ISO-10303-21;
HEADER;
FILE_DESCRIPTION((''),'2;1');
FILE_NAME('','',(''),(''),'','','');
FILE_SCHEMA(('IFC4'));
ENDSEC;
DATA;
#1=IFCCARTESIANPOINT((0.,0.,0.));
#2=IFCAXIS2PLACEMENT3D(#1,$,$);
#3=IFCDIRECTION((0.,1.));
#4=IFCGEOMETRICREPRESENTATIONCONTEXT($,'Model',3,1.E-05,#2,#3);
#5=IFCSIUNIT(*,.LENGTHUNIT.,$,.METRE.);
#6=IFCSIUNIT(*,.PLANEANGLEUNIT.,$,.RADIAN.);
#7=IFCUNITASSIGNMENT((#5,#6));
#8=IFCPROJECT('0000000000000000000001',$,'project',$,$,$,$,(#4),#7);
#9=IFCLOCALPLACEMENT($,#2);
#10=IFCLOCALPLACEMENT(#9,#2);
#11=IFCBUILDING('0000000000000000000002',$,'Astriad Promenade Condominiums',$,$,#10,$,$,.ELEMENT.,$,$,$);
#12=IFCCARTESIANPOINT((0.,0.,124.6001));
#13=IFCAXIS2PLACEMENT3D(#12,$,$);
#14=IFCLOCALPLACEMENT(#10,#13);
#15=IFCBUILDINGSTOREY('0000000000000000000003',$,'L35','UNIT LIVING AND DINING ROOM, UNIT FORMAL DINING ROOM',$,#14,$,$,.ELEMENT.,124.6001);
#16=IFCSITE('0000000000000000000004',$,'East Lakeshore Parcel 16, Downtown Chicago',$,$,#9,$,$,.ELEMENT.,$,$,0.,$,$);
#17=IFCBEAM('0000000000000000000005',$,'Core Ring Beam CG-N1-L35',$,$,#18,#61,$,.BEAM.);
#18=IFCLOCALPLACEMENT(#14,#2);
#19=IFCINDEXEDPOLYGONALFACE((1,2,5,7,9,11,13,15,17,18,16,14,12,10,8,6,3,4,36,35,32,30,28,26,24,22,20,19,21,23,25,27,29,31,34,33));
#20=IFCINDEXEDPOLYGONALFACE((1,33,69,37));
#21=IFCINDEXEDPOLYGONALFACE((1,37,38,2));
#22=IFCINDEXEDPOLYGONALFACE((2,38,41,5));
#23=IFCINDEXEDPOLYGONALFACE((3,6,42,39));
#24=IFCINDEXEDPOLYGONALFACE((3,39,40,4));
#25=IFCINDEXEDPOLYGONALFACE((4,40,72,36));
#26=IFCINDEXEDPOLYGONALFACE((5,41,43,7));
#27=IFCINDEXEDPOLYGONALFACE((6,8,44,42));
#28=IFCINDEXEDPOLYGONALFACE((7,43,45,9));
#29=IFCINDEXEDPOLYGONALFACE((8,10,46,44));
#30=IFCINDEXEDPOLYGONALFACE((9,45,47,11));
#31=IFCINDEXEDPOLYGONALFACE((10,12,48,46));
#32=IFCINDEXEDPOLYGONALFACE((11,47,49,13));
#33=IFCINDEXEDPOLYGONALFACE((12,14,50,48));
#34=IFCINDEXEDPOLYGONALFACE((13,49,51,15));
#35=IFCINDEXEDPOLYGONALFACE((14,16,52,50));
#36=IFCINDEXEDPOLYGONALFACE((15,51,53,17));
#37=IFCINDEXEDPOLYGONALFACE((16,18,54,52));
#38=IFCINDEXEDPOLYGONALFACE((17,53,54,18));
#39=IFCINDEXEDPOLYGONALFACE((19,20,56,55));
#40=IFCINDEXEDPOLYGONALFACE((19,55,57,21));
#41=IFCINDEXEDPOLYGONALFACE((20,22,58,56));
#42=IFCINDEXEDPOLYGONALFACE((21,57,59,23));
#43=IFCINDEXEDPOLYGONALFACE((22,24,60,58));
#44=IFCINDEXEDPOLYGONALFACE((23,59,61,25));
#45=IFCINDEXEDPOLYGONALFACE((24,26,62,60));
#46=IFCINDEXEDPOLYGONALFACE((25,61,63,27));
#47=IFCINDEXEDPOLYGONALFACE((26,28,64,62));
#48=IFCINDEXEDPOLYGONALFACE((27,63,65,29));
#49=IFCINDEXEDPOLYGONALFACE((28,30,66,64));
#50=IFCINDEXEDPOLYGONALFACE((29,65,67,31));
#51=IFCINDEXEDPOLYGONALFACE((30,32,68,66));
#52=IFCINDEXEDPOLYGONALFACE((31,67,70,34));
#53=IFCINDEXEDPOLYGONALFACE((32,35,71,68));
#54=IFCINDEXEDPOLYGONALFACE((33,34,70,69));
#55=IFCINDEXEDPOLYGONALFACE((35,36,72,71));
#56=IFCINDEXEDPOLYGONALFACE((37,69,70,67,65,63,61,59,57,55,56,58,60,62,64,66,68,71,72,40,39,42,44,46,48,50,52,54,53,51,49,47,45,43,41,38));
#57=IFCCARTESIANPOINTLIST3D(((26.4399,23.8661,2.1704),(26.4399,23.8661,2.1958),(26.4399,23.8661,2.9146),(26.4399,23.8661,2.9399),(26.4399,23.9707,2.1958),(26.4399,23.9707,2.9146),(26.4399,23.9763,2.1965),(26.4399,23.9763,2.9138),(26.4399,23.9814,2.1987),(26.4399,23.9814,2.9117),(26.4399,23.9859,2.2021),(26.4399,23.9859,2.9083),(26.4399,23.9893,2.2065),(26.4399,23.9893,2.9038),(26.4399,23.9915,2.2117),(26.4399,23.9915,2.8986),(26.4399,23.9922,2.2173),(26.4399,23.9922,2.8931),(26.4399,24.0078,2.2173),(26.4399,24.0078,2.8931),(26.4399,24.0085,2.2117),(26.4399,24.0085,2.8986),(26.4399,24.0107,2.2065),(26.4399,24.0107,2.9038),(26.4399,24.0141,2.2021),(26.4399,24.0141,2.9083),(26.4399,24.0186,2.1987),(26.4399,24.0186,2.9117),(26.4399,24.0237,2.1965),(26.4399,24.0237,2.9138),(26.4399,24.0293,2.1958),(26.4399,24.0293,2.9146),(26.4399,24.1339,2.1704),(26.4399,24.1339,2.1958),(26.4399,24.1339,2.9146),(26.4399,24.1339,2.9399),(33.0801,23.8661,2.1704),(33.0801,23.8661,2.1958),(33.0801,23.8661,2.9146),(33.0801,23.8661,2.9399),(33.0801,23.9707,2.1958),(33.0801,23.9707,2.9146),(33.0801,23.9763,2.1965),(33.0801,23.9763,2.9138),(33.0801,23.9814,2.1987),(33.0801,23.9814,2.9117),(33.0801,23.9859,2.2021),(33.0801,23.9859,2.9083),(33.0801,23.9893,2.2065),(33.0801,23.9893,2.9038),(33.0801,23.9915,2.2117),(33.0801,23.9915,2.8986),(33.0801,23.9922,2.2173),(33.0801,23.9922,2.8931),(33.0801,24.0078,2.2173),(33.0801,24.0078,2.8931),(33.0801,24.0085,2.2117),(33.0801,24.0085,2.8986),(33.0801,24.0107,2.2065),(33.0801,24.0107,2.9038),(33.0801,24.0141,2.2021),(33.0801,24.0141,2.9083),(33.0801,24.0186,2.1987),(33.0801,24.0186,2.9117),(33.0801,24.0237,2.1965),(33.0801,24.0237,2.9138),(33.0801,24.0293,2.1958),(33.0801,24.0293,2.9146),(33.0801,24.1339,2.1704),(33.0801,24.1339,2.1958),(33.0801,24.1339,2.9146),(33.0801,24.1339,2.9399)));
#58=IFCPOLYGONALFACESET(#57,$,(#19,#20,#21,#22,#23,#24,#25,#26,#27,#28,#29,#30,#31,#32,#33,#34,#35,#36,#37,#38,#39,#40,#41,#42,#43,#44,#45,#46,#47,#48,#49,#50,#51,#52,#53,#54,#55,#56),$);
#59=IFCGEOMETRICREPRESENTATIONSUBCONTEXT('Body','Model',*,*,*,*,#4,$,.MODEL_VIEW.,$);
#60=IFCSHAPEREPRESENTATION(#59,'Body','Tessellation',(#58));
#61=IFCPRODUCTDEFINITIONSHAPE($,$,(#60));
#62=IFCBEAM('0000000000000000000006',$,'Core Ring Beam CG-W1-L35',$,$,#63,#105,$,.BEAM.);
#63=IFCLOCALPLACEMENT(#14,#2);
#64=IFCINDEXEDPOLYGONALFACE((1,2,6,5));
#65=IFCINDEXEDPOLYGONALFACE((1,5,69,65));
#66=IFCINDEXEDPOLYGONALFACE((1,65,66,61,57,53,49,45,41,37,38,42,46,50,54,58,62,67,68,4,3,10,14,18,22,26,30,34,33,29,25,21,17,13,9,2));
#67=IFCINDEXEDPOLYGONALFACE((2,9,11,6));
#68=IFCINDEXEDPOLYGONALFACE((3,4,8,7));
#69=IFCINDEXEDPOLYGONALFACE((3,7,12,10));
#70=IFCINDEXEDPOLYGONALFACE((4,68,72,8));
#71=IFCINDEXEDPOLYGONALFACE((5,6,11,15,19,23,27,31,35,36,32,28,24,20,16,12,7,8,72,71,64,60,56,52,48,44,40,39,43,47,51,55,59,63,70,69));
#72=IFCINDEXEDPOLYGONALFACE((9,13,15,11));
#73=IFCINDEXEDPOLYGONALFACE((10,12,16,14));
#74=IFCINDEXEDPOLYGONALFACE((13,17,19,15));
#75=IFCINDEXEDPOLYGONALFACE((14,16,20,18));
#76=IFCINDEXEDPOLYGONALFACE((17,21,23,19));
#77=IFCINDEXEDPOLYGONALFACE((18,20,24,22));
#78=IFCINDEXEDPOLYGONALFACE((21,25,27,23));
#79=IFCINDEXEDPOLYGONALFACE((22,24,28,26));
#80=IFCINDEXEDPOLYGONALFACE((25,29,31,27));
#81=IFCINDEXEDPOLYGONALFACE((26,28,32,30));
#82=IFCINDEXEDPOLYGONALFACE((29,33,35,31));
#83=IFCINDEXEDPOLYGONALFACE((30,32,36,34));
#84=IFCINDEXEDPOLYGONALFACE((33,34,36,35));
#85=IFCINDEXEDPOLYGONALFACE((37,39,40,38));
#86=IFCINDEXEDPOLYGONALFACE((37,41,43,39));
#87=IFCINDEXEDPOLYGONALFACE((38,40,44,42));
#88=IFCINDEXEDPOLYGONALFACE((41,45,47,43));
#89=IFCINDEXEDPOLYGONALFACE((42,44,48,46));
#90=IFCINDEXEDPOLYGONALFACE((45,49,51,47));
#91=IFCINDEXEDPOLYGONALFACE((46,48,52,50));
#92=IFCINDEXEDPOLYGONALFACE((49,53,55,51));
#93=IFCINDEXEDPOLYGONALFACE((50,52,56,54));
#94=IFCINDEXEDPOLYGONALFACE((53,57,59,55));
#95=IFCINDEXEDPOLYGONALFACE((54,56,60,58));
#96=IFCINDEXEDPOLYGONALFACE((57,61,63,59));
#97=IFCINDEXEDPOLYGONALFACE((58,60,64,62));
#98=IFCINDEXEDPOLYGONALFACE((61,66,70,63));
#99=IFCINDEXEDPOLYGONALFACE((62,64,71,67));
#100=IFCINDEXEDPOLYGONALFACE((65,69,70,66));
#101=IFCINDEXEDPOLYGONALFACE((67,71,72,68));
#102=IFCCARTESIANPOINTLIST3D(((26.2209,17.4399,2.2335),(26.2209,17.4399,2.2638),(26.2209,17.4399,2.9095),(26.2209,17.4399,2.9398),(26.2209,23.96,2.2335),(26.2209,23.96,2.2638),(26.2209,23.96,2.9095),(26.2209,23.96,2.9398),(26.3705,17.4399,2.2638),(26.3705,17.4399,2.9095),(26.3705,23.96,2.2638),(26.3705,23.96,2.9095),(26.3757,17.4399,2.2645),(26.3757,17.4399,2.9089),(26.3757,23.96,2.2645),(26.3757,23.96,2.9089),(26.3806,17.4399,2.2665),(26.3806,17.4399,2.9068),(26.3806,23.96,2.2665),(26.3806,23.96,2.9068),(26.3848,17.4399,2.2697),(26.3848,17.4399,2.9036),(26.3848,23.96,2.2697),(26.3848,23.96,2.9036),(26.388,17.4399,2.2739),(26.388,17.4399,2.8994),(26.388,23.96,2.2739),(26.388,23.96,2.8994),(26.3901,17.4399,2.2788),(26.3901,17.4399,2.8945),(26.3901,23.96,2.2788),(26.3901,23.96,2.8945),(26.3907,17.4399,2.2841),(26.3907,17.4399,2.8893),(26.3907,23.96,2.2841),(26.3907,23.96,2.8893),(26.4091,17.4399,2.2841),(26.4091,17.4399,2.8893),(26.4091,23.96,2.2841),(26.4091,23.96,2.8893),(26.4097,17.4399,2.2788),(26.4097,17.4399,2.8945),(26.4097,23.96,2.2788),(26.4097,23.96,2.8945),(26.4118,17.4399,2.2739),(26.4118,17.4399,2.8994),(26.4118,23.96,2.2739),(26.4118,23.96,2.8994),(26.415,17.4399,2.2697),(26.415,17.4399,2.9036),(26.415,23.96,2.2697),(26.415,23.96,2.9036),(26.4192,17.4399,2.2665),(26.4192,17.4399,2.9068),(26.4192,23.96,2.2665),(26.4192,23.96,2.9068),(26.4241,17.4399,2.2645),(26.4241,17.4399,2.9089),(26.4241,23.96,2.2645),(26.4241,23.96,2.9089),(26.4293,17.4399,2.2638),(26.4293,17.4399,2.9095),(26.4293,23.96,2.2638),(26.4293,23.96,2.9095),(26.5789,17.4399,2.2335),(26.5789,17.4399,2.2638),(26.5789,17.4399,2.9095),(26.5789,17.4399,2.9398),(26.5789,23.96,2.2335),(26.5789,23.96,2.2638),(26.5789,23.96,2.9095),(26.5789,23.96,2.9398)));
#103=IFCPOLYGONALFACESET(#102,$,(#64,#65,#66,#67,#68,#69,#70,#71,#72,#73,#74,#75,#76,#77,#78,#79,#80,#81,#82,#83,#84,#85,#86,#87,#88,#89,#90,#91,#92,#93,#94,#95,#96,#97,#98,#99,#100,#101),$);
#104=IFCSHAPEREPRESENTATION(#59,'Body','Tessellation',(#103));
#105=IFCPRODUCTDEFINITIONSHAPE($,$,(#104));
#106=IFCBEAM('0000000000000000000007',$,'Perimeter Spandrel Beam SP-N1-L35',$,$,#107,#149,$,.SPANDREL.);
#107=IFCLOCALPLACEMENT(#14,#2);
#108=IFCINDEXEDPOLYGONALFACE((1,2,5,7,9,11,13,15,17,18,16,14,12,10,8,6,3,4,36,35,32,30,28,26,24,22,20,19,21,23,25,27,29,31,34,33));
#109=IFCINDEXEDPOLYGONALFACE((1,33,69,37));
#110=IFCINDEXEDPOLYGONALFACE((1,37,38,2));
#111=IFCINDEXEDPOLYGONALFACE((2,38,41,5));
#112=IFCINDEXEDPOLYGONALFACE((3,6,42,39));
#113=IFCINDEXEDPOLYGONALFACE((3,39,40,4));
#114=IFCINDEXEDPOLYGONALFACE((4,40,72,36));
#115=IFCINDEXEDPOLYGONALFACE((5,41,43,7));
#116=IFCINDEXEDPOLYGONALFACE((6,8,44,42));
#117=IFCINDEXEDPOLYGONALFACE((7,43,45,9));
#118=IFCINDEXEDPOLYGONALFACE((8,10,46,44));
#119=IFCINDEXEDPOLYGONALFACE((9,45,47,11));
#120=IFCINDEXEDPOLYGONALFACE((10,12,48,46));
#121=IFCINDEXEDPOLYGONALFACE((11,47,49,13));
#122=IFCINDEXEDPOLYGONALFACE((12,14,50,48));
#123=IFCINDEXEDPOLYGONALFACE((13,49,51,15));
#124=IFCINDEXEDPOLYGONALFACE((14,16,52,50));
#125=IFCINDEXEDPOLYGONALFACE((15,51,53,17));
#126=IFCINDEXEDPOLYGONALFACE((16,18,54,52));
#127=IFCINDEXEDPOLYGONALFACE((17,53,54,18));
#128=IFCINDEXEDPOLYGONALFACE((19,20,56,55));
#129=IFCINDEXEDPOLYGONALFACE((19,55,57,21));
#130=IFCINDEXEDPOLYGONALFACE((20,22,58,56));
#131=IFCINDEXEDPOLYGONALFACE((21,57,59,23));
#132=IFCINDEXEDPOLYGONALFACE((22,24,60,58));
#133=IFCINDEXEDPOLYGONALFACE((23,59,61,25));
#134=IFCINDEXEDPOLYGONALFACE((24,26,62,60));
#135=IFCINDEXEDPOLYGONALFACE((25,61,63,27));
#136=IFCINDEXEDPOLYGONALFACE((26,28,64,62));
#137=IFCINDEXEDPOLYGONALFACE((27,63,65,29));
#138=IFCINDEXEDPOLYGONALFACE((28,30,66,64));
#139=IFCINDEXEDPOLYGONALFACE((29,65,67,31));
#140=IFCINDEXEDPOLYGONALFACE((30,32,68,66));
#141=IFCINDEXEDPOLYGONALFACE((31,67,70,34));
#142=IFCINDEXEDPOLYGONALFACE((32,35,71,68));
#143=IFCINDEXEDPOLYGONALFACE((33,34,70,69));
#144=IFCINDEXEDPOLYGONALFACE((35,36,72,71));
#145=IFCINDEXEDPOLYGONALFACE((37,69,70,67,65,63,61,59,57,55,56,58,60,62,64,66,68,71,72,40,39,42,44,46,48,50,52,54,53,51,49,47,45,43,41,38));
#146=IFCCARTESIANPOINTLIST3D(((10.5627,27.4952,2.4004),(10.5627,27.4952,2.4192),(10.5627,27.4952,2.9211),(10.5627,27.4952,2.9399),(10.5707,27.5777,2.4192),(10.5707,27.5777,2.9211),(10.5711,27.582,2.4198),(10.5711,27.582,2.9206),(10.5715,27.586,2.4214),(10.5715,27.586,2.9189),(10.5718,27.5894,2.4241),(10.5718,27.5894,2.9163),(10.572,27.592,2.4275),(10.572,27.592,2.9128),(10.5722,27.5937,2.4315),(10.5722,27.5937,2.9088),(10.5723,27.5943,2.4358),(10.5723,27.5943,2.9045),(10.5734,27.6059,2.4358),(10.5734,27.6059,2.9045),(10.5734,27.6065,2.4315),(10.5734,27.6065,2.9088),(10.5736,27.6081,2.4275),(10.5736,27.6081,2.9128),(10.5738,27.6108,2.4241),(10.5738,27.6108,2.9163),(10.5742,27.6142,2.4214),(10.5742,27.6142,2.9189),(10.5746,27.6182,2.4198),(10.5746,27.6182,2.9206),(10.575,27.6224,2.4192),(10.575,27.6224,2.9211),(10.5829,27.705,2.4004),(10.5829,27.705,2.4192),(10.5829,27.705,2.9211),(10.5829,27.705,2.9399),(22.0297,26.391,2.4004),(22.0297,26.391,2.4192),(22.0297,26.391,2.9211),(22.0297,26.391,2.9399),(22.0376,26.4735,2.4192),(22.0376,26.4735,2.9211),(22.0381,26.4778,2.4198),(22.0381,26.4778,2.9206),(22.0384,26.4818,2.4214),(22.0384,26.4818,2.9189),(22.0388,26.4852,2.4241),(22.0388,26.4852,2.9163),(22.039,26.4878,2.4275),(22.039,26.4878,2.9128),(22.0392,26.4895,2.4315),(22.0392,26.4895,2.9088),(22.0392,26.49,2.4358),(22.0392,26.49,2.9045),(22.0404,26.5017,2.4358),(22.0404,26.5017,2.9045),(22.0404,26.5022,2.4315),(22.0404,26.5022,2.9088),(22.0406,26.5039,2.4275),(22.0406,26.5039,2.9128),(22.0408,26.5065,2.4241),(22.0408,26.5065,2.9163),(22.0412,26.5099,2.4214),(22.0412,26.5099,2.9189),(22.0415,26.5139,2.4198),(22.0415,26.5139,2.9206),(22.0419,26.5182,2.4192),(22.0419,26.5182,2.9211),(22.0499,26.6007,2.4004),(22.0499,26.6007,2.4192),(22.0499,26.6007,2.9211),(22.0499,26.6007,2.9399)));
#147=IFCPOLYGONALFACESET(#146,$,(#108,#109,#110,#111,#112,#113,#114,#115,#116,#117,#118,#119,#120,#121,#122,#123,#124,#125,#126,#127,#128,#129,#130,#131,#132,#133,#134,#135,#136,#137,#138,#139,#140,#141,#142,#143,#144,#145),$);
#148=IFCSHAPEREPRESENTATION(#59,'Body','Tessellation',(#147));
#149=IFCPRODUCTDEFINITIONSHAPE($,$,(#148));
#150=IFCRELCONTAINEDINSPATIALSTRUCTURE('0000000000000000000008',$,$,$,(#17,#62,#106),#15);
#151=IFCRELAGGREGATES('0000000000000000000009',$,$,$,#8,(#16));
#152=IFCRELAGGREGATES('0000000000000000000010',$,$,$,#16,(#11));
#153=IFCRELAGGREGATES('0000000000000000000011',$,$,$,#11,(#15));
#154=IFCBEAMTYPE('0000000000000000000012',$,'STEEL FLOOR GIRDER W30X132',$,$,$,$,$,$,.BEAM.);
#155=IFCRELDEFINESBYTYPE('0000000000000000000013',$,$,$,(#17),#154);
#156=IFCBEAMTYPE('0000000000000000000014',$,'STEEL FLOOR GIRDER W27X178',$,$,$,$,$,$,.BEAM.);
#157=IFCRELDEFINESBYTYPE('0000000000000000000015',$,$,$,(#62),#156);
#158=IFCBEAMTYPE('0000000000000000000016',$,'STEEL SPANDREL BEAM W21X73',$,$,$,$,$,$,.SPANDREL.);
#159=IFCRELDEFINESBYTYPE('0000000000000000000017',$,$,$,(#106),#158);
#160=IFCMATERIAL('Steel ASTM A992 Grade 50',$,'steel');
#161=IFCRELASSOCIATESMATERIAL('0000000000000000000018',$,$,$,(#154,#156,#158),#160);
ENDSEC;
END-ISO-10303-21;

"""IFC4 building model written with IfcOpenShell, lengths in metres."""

from ifc_helpers import new_model, si_unit, direction, frame, origin, origin_2d, place, context, subcontext, project, spatial, i_section, extrude, source, transform, mapped, material, material_profile, profile_set, type_object, type_shapes, element, save


model = new_model("IFC4")

# Units and contexts
model_context = context("Model", 3, precision=1e-05, world=origin(), true_north=direction((0.0, 1.0)))
body_context = subcontext(model_context, "Body", "Model", "MODEL_VIEW")
ifc_project = project(units=[si_unit("LENGTHUNIT", "METRE"), si_unit("PLANEANGLEUNIT", "RADIAN")], contexts=[model_context])

# Site, building, storey
site_placement = place(None, origin())
site = spatial("IfcSite", under=ifc_project, at=site_placement, Name="East Lakeshore Parcel 16, Downtown Chicago", CompositionType="ELEMENT", RefElevation=0.0)
building_placement = place(site_placement, origin())
building = spatial("IfcBuilding", under=site, at=building_placement, Name="Astriad Promenade Condominiums", CompositionType="ELEMENT")
storey_placement = place(building_placement, frame((0.0, 0.0, 124.6001)))
storey = spatial("IfcBuildingStorey", under=building, at=storey_placement, Name="L35", Description="UNIT LIVING AND DINING ROOM, UNIT FORMAL DINING ROOM", CompositionType="ELEMENT", Elevation=124.6001)

# Shared definitions
ifc_material_1 = material(Name="Steel ASTM A992 Grade 50", Category="steel")

# Beams
ifc_material_profile_1 = material_profile(ifc_material_1, i_section(OverallWidth=0.2678, OverallDepth=0.7695, WebThickness=0.0156, FlangeThickness=0.0254, FilletRadius=0.0215, at=origin_2d()), Name="W30X132")
ifc_profile_set_1 = profile_set([ifc_material_profile_1], Name="Steel ASTM A992 Grade 50")
beam_type_1 = type_object("IfcBeamType", Name="STEEL FLOOR GIRDER W30X132", PredefinedType="BEAM", material=ifc_profile_set_1)
shared_shape_1 = source(origin(), body_context, "Body", "SweptSolid", [
    extrude(i_section(OverallWidth=0.2678, OverallDepth=0.7695, WebThickness=0.0156, FlangeThickness=0.0254, FilletRadius=0.0215, at=origin_2d()), origin(), (0.0, 0.0, 1.0), 6.6401),
])
type_shapes(beam_type_1, [shared_shape_1])
beam_1_placement = place(storey_placement, frame((26.4399, 24.0, 2.5552), z_axis=(1.0, 0.0, 0.0), x_axis=(0.0, 1.0, 0.0)))
element("IfcBeam", 1, at=beam_1_placement, inside=storey, type_object=beam_type_1, Name="Core Ring Beam CG-N1-L35", PredefinedType="BEAM", context=body_context, shape_type="MappedRepresentation", body=[
    mapped(shared_shape_1, transform((0.0, 0.0, 0.0), scale=1.0)),
])
ifc_material_profile_2 = material_profile(ifc_material_1, i_section(OverallWidth=0.3579, OverallDepth=0.7063, WebThickness=0.0183, FlangeThickness=0.0303, FilletRadius=0.0203, at=origin_2d()), Name="W27X178")
ifc_profile_set_2 = profile_set([ifc_material_profile_2], Name="Steel ASTM A992 Grade 50")
beam_type_2 = type_object("IfcBeamType", Name="STEEL FLOOR GIRDER W27X178", PredefinedType="BEAM", material=ifc_profile_set_2)
shared_shape_2 = source(origin(), body_context, "Body", "SweptSolid", [
    extrude(i_section(OverallWidth=0.3579, OverallDepth=0.7063, WebThickness=0.0183, FlangeThickness=0.0303, FilletRadius=0.0203, at=origin_2d()), origin(), (0.0, 0.0, 1.0), 6.52),
])
type_shapes(beam_type_2, [shared_shape_2])
beam_2_placement = place(storey_placement, frame((26.3999, 17.4399, 2.5867), z_axis=(0.0, 1.0, 0.0), x_axis=(-1.0, 0.0, 0.0)))
element("IfcBeam", 2, at=beam_2_placement, inside=storey, type_object=beam_type_2, Name="Core Ring Beam CG-W1-L35", PredefinedType="BEAM", context=body_context, shape_type="MappedRepresentation", body=[
    mapped(shared_shape_2, transform((0.0, 0.0, 0.0), scale=1.0)),
])
ifc_material_profile_3 = material_profile(ifc_material_1, i_section(OverallWidth=0.2107, OverallDepth=0.5396, WebThickness=0.0117, FlangeThickness=0.0188, FilletRadius=0.0166, at=origin_2d()), Name="W21X73")
ifc_profile_set_3 = profile_set([ifc_material_profile_3], Name="Steel ASTM A992 Grade 50")
beam_type_3 = type_object("IfcBeamType", Name="STEEL SPANDREL BEAM W21X73", PredefinedType="SPANDREL", material=ifc_profile_set_3)
shared_shape_3 = source(origin(), body_context, "Body", "SweptSolid", [
    extrude(i_section(OverallWidth=0.2107, OverallDepth=0.5396, WebThickness=0.0117, FlangeThickness=0.0188, FilletRadius=0.0166, at=origin_2d()), origin(), (0.0, 0.0, 1.0), 11.52),
])
type_shapes(beam_type_3, [shared_shape_3])
beam_3_placement = place(storey_placement, frame((22.0398, 26.4958, 2.6702), z_axis=(-0.995395, 0.095854, 0.0), x_axis=(-0.095854, -0.995395, 0.0)))
element("IfcBeam", 3, at=beam_3_placement, inside=storey, type_object=beam_type_3, Name="Perimeter Spandrel Beam SP-N1-L35", PredefinedType="SPANDREL", context=body_context, shape_type="MappedRepresentation", body=[
    mapped(shared_shape_3, transform((0.0, 0.0, 0.0), scale=1.0)),
])

save(model, "model.ifc")
